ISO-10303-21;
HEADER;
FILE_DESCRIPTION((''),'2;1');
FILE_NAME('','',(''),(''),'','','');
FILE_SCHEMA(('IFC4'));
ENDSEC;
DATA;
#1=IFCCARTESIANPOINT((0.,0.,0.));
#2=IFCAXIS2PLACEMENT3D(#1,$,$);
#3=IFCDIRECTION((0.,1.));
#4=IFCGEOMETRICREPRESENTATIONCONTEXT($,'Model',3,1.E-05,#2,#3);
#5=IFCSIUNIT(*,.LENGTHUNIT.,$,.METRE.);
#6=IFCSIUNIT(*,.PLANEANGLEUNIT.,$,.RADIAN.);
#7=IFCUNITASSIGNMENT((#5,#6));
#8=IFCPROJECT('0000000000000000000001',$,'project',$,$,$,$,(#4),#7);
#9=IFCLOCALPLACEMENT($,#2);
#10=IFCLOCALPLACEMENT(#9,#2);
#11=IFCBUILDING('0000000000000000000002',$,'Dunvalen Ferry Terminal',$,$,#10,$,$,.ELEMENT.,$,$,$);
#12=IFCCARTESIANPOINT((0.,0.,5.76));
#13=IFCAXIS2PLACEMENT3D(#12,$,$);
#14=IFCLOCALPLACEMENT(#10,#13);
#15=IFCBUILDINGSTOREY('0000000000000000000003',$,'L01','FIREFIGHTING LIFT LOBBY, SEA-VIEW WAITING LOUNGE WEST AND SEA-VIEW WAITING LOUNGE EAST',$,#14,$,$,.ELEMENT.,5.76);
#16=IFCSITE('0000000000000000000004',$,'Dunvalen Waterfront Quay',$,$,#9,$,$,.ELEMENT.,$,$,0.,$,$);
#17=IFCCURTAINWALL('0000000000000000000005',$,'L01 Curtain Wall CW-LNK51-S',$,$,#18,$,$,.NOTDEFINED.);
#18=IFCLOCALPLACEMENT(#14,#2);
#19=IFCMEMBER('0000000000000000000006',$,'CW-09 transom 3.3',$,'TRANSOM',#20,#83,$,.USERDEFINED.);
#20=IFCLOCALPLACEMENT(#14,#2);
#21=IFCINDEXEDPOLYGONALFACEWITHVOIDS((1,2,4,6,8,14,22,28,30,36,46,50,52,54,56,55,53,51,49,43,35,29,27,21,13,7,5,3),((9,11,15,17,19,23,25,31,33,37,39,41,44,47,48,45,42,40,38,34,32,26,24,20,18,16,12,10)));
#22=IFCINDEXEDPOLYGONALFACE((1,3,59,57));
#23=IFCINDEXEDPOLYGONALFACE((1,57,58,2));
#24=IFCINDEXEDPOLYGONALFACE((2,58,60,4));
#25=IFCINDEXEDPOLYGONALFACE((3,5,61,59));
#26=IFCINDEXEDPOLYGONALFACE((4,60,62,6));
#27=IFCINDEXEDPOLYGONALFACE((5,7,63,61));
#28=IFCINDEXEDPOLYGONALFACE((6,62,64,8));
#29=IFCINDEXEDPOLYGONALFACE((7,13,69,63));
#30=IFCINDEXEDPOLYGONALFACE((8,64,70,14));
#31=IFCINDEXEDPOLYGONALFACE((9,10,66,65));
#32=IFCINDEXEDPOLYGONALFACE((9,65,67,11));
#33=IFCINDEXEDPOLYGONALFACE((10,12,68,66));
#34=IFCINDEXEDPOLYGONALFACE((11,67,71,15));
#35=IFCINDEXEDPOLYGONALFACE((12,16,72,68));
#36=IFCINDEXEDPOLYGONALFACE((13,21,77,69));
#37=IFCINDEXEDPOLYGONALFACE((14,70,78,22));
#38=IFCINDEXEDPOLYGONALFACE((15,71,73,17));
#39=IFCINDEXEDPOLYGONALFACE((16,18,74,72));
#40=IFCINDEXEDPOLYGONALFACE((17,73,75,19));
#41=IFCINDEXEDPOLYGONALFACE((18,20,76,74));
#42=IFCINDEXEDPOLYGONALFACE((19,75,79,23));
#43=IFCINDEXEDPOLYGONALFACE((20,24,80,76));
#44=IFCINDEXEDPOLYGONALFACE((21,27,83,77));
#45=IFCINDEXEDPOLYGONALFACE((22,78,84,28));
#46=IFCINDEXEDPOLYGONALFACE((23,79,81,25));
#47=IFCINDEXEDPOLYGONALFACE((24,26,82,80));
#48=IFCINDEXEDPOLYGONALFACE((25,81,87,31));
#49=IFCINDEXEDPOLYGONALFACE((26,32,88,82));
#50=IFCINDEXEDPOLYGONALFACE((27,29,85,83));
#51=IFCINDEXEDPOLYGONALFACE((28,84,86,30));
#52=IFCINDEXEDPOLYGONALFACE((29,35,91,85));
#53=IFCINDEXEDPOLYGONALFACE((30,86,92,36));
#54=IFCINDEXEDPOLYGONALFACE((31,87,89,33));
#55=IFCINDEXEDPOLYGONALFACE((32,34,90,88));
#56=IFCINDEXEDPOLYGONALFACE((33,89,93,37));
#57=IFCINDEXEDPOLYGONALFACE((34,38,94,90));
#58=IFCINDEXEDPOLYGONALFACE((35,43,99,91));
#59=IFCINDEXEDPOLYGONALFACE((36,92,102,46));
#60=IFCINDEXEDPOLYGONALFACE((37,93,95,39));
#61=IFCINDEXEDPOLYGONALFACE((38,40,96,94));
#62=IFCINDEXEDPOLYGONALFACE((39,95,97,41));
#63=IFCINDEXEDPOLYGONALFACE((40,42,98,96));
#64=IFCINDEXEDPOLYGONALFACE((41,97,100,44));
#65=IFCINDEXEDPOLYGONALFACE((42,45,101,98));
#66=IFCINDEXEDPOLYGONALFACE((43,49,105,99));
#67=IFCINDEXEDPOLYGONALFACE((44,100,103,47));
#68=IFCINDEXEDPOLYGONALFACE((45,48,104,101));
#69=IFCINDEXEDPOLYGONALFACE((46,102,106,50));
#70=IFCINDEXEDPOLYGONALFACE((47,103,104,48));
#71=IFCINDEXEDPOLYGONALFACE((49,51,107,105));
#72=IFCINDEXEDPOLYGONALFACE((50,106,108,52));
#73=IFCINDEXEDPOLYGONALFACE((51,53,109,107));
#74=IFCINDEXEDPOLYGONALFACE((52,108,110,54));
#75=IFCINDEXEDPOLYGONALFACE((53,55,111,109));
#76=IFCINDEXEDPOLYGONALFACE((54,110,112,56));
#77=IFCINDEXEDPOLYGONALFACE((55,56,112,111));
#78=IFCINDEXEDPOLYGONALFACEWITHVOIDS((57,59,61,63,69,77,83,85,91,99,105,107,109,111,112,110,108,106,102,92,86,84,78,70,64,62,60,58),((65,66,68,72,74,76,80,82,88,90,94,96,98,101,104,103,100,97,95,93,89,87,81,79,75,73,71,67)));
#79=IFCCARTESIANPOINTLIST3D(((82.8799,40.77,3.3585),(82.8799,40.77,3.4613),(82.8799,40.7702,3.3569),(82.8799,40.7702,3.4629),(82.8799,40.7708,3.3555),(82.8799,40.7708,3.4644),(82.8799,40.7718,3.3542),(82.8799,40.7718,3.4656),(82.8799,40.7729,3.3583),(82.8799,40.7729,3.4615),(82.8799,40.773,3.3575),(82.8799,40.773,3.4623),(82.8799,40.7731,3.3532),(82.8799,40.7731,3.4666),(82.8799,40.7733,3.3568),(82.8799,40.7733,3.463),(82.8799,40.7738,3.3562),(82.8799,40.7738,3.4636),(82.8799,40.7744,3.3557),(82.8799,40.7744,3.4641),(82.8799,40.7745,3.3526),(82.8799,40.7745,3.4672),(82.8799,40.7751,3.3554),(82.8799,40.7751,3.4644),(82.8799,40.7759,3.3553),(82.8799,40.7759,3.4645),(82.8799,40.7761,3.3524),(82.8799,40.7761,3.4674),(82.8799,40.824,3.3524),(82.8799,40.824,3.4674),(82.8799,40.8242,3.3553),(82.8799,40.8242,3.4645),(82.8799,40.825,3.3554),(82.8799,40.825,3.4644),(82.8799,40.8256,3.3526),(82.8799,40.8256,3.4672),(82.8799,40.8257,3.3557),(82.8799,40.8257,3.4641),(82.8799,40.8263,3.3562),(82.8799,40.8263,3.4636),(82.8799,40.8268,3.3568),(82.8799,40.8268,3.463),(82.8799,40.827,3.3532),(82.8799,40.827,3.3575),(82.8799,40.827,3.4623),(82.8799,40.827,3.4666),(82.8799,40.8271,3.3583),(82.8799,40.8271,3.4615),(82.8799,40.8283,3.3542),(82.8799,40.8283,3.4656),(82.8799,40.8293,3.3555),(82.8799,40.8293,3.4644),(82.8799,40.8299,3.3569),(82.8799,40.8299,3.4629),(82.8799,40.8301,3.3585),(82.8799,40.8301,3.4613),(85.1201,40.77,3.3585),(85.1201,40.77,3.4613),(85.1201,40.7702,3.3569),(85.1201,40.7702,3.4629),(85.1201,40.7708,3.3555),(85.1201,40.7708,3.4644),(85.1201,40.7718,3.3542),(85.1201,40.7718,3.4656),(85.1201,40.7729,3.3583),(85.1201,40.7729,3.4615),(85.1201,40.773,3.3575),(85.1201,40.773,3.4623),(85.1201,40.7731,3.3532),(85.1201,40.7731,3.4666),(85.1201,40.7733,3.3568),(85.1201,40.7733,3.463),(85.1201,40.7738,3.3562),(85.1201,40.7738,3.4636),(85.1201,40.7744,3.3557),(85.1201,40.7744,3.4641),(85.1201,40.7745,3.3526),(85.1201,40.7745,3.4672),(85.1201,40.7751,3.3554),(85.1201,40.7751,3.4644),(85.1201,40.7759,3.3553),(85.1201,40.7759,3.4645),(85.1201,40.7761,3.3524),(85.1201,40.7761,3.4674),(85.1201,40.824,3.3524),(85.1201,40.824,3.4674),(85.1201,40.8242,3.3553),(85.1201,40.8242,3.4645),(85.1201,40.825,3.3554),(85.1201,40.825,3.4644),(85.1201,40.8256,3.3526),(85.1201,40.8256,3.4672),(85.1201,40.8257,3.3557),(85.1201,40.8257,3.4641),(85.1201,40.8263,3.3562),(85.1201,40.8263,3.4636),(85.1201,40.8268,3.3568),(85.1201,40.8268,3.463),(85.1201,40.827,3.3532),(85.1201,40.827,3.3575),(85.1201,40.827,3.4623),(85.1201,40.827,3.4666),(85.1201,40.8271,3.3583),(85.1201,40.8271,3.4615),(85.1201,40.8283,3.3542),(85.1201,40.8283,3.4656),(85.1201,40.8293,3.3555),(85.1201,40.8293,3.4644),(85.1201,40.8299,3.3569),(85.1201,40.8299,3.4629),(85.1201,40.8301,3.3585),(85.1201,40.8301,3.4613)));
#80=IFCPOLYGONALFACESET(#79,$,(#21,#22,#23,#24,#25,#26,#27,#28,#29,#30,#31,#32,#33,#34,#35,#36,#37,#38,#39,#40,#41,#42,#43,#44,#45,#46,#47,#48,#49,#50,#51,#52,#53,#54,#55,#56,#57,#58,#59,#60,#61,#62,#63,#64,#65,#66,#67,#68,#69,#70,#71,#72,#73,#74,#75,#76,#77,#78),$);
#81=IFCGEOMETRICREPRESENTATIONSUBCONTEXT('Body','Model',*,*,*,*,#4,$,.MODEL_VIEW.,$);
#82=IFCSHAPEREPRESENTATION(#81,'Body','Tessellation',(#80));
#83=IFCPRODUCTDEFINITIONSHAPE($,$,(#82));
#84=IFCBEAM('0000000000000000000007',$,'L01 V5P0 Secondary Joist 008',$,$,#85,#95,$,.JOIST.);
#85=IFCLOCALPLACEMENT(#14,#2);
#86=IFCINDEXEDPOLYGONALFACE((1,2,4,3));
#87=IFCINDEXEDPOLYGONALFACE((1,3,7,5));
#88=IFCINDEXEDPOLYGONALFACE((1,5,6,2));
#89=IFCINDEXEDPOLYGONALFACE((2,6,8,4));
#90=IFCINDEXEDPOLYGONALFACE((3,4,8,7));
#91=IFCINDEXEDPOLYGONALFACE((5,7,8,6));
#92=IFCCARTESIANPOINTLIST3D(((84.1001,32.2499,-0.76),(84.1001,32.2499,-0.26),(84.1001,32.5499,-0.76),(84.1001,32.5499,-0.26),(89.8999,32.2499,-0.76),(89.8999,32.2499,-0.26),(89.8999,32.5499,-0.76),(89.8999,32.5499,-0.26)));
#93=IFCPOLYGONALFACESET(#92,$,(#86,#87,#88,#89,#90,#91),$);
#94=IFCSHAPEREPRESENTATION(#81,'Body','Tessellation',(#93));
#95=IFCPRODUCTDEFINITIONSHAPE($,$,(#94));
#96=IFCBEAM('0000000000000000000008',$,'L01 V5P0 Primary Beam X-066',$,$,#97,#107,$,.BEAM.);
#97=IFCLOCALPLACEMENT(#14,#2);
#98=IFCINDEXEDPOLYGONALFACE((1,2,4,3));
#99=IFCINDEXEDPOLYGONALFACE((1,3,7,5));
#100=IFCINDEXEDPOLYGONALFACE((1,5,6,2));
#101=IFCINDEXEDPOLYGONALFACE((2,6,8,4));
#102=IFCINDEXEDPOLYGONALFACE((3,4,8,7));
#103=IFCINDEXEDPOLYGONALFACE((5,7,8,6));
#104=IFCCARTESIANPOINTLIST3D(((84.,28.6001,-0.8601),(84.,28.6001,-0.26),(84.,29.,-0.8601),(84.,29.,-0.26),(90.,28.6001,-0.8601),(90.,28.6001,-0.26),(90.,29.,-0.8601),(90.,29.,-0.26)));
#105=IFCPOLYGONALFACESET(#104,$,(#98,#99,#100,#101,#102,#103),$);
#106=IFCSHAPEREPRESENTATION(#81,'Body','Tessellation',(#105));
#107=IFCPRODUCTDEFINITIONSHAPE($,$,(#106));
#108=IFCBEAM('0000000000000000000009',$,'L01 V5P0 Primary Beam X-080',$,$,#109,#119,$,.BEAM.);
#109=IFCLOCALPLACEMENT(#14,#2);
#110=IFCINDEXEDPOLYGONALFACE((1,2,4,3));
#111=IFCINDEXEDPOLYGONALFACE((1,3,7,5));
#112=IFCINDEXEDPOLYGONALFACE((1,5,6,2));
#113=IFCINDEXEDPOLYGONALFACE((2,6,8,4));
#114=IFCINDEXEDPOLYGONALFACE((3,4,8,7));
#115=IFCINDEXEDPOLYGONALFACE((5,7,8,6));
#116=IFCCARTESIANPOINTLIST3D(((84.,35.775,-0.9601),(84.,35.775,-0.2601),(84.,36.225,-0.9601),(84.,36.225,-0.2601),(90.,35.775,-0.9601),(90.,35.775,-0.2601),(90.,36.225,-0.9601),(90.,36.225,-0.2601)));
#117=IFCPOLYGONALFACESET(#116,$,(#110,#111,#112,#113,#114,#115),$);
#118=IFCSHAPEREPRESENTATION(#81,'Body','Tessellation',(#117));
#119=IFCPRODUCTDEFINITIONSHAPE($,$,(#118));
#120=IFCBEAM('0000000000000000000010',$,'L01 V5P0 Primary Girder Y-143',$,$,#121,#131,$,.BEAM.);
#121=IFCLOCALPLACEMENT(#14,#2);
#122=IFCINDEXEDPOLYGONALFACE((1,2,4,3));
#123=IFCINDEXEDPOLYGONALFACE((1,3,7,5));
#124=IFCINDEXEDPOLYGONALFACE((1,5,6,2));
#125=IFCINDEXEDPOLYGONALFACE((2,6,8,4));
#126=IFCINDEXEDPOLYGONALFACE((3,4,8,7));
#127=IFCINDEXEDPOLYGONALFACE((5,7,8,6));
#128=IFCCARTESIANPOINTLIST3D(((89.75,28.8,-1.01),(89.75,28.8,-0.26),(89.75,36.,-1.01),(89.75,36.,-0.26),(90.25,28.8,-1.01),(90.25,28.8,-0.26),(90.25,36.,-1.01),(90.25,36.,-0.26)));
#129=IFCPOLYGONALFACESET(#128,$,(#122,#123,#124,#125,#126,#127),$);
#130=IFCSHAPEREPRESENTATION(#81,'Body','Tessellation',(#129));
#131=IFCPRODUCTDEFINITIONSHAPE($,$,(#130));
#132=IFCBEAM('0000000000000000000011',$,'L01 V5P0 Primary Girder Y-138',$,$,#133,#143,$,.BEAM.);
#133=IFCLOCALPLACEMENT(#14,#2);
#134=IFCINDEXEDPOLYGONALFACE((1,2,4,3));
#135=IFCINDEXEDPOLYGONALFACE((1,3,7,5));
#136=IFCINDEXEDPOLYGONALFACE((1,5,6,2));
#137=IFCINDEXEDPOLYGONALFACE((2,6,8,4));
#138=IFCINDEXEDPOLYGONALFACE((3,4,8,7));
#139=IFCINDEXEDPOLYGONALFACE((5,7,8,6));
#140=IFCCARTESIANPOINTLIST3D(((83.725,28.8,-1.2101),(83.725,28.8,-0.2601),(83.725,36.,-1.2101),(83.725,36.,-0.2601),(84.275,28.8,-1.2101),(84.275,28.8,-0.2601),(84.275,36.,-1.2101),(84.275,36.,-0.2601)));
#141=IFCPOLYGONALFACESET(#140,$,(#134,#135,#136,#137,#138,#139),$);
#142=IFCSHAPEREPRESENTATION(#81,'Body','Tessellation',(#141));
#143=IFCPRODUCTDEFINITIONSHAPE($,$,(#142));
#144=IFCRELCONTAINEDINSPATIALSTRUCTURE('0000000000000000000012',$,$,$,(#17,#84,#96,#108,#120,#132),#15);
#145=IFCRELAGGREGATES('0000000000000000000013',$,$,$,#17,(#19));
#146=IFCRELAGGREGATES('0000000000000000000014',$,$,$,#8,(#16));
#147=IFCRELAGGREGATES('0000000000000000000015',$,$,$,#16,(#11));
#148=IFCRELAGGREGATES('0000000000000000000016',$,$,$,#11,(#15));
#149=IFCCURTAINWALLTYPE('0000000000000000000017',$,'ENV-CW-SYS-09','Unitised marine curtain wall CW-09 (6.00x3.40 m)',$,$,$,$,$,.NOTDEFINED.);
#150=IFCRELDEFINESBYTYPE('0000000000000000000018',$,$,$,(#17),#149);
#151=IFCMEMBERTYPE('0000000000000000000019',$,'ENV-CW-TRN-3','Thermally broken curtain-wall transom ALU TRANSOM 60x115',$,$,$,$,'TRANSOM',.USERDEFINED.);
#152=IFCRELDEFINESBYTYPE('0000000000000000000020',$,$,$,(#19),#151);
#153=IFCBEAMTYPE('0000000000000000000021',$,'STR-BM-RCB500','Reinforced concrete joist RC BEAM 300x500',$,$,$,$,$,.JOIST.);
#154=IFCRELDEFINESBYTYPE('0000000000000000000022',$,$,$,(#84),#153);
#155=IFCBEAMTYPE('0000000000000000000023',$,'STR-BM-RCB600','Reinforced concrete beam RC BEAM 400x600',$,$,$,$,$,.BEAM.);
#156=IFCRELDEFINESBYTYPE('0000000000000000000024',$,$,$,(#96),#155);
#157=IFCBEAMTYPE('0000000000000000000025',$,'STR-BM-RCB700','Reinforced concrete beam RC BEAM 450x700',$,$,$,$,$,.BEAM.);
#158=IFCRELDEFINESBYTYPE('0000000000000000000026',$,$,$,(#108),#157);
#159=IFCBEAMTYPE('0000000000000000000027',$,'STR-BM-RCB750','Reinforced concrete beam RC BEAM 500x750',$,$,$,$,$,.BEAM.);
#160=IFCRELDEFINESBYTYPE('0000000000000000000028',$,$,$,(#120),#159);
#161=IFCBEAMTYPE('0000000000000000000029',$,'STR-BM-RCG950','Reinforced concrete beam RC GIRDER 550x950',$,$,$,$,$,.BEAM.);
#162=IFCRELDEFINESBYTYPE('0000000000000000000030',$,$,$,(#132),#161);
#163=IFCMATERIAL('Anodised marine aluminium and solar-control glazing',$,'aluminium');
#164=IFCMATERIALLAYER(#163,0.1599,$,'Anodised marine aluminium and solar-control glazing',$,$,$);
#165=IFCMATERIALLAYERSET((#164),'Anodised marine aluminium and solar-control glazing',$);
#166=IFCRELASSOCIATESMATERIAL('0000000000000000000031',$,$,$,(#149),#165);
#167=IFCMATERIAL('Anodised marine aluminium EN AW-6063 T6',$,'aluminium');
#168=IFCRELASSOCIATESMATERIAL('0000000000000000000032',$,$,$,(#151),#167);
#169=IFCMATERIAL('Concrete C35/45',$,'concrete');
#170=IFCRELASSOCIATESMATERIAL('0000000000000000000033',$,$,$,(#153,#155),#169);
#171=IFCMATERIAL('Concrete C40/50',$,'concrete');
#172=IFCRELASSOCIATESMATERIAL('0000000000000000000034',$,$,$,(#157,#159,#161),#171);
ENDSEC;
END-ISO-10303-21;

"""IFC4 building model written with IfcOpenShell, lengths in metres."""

from ifc_helpers import new_model, si_unit, direction, frame, origin, origin_2d, place, context, subcontext, project, spatial, rectangle, hollow_rectangle, extrude, material, layer, layer_set, material_profile, profile_set, type_object, element, aggregate, save


model = new_model("IFC4")

# Units and contexts
model_context = context("Model", 3, precision=1e-05, world=origin(), true_north=direction((0.0, 1.0)))
body_context = subcontext(model_context, "Body", "Model", "MODEL_VIEW")
ifc_project = project(units=[si_unit("LENGTHUNIT", "METRE"), si_unit("PLANEANGLEUNIT", "RADIAN")], contexts=[model_context])

# Site, building, storey
site_placement = place(None, origin())
site = spatial("IfcSite", under=ifc_project, at=site_placement, Name="Dunvalen Waterfront Quay", CompositionType="ELEMENT", RefElevation=0.0)
building_placement = place(site_placement, origin())
building = spatial("IfcBuilding", under=site, at=building_placement, Name="Dunvalen Ferry Terminal", CompositionType="ELEMENT")
storey_placement = place(building_placement, frame((0.0, 0.0, 5.76)))
storey = spatial("IfcBuildingStorey", under=building, at=storey_placement, Name="L01", Description="FIREFIGHTING LIFT LOBBY, SEA-VIEW WAITING LOUNGE WEST AND SEA-VIEW WAITING LOUNGE EAST", CompositionType="ELEMENT", Elevation=5.76)

# Shared definitions
ifc_material_1 = material(Name="Concrete C40/50", Category="concrete")

# Curtain wall, member
ifc_material_2 = material(Name="Anodised marine aluminium and solar-control glazing", Category="aluminium")
ifc_layer_1 = layer(ifc_material_2, 0.1599, Name="Anodised marine aluminium and solar-control glazing")
ifc_layer_set_1 = layer_set([ifc_layer_1], Name="Anodised marine aluminium and solar-control glazing")
curtain_wall_type = type_object("IfcCurtainWallType", Name="ENV-CW-SYS-09", Description="Unitised marine curtain wall CW-09 (6.00x3.40 m)", PredefinedType="NOTDEFINED", material=ifc_layer_set_1)
curtain_wall_placement = place(storey_placement, origin())
curtain_wall = element("IfcCurtainWall", 1, at=curtain_wall_placement, inside=storey, type_object=curtain_wall_type, Name="L01 Curtain Wall CW-LNK51-S", PredefinedType="NOTDEFINED")
ifc_material_3 = material(Name="Anodised marine aluminium EN AW-6063 T6", Category="aluminium")
ifc_material_profile_1 = material_profile(ifc_material_3, hollow_rectangle(XDim=0.0601, YDim=0.115, WallThickness=0.0029, InnerFilletRadius=0.0029, OuterFilletRadius=0.0061, at=origin_2d()), Name="Anodised marine aluminium EN AW-6063 T6")
ifc_profile_set_1 = profile_set([ifc_material_profile_1], Name="Anodised marine aluminium EN AW-6063 T6")
member_type_1 = type_object("IfcMemberType", Name="ENV-CW-TRN-3", Description="Thermally broken curtain-wall transom ALU TRANSOM 60x115", ElementType="TRANSOM", PredefinedType="USERDEFINED", material=ifc_profile_set_1)
member_1_placement = place(storey_placement, frame((82.8799, 40.8, 3.4099), z_axis=(1.0, 0.0, 0.0), x_axis=(0.0, 1.0, 0.0)))
member_1 = element("IfcMember", 2, at=member_1_placement, type_object=member_type_1, Name="CW-09 transom 3.3", ObjectType="TRANSOM", PredefinedType="USERDEFINED", context=body_context, shape_type="SweptSolid", body=[
    extrude(hollow_rectangle(XDim=0.0601, YDim=0.115, WallThickness=0.0029, InnerFilletRadius=0.0029, OuterFilletRadius=0.0061, at=origin_2d()), origin(), (0.0, 0.0, 1.0), 2.2402),
])

# Beams
ifc_material_4 = material(Name="Concrete C35/45", Category="concrete")
ifc_material_profile_2 = material_profile(ifc_material_4, rectangle(XDim=0.3, YDim=0.5, at=origin_2d()), Name="Concrete C35/45")
ifc_profile_set_2 = profile_set([ifc_material_profile_2], Name="Concrete C35/45")
beam_type_1 = type_object("IfcBeamType", Name="STR-BM-RCB500", Description="Reinforced concrete joist RC BEAM 300x500", PredefinedType="JOIST", material=ifc_profile_set_2)
beam_1_placement = place(storey_placement, frame((84.1001, 32.3999, -0.51), z_axis=(1.0, 0.0, 0.0), x_axis=(0.0, 1.0, 0.0)))
element("IfcBeam", 3, at=beam_1_placement, inside=storey, type_object=beam_type_1, Name="L01 V5P0 Secondary Joist 008", PredefinedType="JOIST", context=body_context, shape_type="SweptSolid", body=[
    extrude(rectangle(XDim=0.3, YDim=0.5, at=origin_2d()), origin(), (0.0, 0.0, 1.0), 5.7998),
])
ifc_material_profile_3 = material_profile(ifc_material_4, rectangle(XDim=0.3999, YDim=0.6001, at=origin_2d()), Name="Concrete C35/45")
ifc_profile_set_3 = profile_set([ifc_material_profile_3], Name="Concrete C35/45")
beam_type_2 = type_object("IfcBeamType", Name="STR-BM-RCB600", Description="Reinforced concrete beam RC BEAM 400x600", PredefinedType="BEAM", material=ifc_profile_set_3)
beam_2_placement = place(storey_placement, frame((84.0, 28.8, -0.5601), z_axis=(1.0, 0.0, 0.0), x_axis=(0.0, 1.0, 0.0)))
element("IfcBeam", 4, at=beam_2_placement, inside=storey, type_object=beam_type_2, Name="L01 V5P0 Primary Beam X-066", PredefinedType="BEAM", context=body_context, shape_type="SweptSolid", body=[
    extrude(rectangle(XDim=0.3999, YDim=0.6001, at=origin_2d()), origin(), (0.0, 0.0, 1.0), 6.0),
])
ifc_material_profile_4 = material_profile(ifc_material_1, rectangle(XDim=0.45, YDim=0.7, at=origin_2d()), Name="Concrete C40/50")
ifc_profile_set_4 = profile_set([ifc_material_profile_4], Name="Concrete C40/50")
beam_type_3 = type_object("IfcBeamType", Name="STR-BM-RCB700", Description="Reinforced concrete beam RC BEAM 450x700", PredefinedType="BEAM", material=ifc_profile_set_4)
beam_3_placement = place(storey_placement, frame((84.0, 36.0, -0.6101), z_axis=(1.0, 0.0, 0.0), x_axis=(0.0, 1.0, 0.0)))
element("IfcBeam", 5, at=beam_3_placement, inside=storey, type_object=beam_type_3, Name="L01 V5P0 Primary Beam X-080", PredefinedType="BEAM", context=body_context, shape_type="SweptSolid", body=[
    extrude(rectangle(XDim=0.45, YDim=0.7, at=origin_2d()), origin(), (0.0, 0.0, 1.0), 6.0),
])
ifc_material_profile_5 = material_profile(ifc_material_1, rectangle(XDim=0.5, YDim=0.75, at=origin_2d()), Name="Concrete C40/50")
ifc_profile_set_5 = profile_set([ifc_material_profile_5], Name="Concrete C40/50")
beam_type_4 = type_object("IfcBeamType", Name="STR-BM-RCB750", Description="Reinforced concrete beam RC BEAM 500x750", PredefinedType="BEAM", material=ifc_profile_set_5)
beam_4_placement = place(storey_placement, frame((90.0, 28.8, -0.635), z_axis=(0.0, 1.0, 0.0), x_axis=(-1.0, 0.0, 0.0)))
element("IfcBeam", 6, at=beam_4_placement, inside=storey, type_object=beam_type_4, Name="L01 V5P0 Primary Girder Y-143", PredefinedType="BEAM", context=body_context, shape_type="SweptSolid", body=[
    extrude(rectangle(XDim=0.5, YDim=0.75, at=origin_2d()), origin(), (0.0, 0.0, 1.0), 7.2),
])
ifc_material_profile_6 = material_profile(ifc_material_1, rectangle(XDim=0.55, YDim=0.95, at=origin_2d()), Name="Concrete C40/50")
ifc_profile_set_6 = profile_set([ifc_material_profile_6], Name="Concrete C40/50")
beam_type_5 = type_object("IfcBeamType", Name="STR-BM-RCG950", Description="Reinforced concrete beam RC GIRDER 550x950", PredefinedType="BEAM", material=ifc_profile_set_6)
beam_5_placement = place(storey_placement, frame((84.0, 28.8, -0.7351), z_axis=(0.0, 1.0, 0.0), x_axis=(-1.0, 0.0, 0.0)))
element("IfcBeam", 7, at=beam_5_placement, inside=storey, type_object=beam_type_5, Name="L01 V5P0 Primary Girder Y-138", PredefinedType="BEAM", context=body_context, shape_type="SweptSolid", body=[
    extrude(rectangle(XDim=0.55, YDim=0.95, at=origin_2d()), origin(), (0.0, 0.0, 1.0), 7.2),
])

aggregate(curtain_wall, [member_1])

save(model, "model.ifc")
